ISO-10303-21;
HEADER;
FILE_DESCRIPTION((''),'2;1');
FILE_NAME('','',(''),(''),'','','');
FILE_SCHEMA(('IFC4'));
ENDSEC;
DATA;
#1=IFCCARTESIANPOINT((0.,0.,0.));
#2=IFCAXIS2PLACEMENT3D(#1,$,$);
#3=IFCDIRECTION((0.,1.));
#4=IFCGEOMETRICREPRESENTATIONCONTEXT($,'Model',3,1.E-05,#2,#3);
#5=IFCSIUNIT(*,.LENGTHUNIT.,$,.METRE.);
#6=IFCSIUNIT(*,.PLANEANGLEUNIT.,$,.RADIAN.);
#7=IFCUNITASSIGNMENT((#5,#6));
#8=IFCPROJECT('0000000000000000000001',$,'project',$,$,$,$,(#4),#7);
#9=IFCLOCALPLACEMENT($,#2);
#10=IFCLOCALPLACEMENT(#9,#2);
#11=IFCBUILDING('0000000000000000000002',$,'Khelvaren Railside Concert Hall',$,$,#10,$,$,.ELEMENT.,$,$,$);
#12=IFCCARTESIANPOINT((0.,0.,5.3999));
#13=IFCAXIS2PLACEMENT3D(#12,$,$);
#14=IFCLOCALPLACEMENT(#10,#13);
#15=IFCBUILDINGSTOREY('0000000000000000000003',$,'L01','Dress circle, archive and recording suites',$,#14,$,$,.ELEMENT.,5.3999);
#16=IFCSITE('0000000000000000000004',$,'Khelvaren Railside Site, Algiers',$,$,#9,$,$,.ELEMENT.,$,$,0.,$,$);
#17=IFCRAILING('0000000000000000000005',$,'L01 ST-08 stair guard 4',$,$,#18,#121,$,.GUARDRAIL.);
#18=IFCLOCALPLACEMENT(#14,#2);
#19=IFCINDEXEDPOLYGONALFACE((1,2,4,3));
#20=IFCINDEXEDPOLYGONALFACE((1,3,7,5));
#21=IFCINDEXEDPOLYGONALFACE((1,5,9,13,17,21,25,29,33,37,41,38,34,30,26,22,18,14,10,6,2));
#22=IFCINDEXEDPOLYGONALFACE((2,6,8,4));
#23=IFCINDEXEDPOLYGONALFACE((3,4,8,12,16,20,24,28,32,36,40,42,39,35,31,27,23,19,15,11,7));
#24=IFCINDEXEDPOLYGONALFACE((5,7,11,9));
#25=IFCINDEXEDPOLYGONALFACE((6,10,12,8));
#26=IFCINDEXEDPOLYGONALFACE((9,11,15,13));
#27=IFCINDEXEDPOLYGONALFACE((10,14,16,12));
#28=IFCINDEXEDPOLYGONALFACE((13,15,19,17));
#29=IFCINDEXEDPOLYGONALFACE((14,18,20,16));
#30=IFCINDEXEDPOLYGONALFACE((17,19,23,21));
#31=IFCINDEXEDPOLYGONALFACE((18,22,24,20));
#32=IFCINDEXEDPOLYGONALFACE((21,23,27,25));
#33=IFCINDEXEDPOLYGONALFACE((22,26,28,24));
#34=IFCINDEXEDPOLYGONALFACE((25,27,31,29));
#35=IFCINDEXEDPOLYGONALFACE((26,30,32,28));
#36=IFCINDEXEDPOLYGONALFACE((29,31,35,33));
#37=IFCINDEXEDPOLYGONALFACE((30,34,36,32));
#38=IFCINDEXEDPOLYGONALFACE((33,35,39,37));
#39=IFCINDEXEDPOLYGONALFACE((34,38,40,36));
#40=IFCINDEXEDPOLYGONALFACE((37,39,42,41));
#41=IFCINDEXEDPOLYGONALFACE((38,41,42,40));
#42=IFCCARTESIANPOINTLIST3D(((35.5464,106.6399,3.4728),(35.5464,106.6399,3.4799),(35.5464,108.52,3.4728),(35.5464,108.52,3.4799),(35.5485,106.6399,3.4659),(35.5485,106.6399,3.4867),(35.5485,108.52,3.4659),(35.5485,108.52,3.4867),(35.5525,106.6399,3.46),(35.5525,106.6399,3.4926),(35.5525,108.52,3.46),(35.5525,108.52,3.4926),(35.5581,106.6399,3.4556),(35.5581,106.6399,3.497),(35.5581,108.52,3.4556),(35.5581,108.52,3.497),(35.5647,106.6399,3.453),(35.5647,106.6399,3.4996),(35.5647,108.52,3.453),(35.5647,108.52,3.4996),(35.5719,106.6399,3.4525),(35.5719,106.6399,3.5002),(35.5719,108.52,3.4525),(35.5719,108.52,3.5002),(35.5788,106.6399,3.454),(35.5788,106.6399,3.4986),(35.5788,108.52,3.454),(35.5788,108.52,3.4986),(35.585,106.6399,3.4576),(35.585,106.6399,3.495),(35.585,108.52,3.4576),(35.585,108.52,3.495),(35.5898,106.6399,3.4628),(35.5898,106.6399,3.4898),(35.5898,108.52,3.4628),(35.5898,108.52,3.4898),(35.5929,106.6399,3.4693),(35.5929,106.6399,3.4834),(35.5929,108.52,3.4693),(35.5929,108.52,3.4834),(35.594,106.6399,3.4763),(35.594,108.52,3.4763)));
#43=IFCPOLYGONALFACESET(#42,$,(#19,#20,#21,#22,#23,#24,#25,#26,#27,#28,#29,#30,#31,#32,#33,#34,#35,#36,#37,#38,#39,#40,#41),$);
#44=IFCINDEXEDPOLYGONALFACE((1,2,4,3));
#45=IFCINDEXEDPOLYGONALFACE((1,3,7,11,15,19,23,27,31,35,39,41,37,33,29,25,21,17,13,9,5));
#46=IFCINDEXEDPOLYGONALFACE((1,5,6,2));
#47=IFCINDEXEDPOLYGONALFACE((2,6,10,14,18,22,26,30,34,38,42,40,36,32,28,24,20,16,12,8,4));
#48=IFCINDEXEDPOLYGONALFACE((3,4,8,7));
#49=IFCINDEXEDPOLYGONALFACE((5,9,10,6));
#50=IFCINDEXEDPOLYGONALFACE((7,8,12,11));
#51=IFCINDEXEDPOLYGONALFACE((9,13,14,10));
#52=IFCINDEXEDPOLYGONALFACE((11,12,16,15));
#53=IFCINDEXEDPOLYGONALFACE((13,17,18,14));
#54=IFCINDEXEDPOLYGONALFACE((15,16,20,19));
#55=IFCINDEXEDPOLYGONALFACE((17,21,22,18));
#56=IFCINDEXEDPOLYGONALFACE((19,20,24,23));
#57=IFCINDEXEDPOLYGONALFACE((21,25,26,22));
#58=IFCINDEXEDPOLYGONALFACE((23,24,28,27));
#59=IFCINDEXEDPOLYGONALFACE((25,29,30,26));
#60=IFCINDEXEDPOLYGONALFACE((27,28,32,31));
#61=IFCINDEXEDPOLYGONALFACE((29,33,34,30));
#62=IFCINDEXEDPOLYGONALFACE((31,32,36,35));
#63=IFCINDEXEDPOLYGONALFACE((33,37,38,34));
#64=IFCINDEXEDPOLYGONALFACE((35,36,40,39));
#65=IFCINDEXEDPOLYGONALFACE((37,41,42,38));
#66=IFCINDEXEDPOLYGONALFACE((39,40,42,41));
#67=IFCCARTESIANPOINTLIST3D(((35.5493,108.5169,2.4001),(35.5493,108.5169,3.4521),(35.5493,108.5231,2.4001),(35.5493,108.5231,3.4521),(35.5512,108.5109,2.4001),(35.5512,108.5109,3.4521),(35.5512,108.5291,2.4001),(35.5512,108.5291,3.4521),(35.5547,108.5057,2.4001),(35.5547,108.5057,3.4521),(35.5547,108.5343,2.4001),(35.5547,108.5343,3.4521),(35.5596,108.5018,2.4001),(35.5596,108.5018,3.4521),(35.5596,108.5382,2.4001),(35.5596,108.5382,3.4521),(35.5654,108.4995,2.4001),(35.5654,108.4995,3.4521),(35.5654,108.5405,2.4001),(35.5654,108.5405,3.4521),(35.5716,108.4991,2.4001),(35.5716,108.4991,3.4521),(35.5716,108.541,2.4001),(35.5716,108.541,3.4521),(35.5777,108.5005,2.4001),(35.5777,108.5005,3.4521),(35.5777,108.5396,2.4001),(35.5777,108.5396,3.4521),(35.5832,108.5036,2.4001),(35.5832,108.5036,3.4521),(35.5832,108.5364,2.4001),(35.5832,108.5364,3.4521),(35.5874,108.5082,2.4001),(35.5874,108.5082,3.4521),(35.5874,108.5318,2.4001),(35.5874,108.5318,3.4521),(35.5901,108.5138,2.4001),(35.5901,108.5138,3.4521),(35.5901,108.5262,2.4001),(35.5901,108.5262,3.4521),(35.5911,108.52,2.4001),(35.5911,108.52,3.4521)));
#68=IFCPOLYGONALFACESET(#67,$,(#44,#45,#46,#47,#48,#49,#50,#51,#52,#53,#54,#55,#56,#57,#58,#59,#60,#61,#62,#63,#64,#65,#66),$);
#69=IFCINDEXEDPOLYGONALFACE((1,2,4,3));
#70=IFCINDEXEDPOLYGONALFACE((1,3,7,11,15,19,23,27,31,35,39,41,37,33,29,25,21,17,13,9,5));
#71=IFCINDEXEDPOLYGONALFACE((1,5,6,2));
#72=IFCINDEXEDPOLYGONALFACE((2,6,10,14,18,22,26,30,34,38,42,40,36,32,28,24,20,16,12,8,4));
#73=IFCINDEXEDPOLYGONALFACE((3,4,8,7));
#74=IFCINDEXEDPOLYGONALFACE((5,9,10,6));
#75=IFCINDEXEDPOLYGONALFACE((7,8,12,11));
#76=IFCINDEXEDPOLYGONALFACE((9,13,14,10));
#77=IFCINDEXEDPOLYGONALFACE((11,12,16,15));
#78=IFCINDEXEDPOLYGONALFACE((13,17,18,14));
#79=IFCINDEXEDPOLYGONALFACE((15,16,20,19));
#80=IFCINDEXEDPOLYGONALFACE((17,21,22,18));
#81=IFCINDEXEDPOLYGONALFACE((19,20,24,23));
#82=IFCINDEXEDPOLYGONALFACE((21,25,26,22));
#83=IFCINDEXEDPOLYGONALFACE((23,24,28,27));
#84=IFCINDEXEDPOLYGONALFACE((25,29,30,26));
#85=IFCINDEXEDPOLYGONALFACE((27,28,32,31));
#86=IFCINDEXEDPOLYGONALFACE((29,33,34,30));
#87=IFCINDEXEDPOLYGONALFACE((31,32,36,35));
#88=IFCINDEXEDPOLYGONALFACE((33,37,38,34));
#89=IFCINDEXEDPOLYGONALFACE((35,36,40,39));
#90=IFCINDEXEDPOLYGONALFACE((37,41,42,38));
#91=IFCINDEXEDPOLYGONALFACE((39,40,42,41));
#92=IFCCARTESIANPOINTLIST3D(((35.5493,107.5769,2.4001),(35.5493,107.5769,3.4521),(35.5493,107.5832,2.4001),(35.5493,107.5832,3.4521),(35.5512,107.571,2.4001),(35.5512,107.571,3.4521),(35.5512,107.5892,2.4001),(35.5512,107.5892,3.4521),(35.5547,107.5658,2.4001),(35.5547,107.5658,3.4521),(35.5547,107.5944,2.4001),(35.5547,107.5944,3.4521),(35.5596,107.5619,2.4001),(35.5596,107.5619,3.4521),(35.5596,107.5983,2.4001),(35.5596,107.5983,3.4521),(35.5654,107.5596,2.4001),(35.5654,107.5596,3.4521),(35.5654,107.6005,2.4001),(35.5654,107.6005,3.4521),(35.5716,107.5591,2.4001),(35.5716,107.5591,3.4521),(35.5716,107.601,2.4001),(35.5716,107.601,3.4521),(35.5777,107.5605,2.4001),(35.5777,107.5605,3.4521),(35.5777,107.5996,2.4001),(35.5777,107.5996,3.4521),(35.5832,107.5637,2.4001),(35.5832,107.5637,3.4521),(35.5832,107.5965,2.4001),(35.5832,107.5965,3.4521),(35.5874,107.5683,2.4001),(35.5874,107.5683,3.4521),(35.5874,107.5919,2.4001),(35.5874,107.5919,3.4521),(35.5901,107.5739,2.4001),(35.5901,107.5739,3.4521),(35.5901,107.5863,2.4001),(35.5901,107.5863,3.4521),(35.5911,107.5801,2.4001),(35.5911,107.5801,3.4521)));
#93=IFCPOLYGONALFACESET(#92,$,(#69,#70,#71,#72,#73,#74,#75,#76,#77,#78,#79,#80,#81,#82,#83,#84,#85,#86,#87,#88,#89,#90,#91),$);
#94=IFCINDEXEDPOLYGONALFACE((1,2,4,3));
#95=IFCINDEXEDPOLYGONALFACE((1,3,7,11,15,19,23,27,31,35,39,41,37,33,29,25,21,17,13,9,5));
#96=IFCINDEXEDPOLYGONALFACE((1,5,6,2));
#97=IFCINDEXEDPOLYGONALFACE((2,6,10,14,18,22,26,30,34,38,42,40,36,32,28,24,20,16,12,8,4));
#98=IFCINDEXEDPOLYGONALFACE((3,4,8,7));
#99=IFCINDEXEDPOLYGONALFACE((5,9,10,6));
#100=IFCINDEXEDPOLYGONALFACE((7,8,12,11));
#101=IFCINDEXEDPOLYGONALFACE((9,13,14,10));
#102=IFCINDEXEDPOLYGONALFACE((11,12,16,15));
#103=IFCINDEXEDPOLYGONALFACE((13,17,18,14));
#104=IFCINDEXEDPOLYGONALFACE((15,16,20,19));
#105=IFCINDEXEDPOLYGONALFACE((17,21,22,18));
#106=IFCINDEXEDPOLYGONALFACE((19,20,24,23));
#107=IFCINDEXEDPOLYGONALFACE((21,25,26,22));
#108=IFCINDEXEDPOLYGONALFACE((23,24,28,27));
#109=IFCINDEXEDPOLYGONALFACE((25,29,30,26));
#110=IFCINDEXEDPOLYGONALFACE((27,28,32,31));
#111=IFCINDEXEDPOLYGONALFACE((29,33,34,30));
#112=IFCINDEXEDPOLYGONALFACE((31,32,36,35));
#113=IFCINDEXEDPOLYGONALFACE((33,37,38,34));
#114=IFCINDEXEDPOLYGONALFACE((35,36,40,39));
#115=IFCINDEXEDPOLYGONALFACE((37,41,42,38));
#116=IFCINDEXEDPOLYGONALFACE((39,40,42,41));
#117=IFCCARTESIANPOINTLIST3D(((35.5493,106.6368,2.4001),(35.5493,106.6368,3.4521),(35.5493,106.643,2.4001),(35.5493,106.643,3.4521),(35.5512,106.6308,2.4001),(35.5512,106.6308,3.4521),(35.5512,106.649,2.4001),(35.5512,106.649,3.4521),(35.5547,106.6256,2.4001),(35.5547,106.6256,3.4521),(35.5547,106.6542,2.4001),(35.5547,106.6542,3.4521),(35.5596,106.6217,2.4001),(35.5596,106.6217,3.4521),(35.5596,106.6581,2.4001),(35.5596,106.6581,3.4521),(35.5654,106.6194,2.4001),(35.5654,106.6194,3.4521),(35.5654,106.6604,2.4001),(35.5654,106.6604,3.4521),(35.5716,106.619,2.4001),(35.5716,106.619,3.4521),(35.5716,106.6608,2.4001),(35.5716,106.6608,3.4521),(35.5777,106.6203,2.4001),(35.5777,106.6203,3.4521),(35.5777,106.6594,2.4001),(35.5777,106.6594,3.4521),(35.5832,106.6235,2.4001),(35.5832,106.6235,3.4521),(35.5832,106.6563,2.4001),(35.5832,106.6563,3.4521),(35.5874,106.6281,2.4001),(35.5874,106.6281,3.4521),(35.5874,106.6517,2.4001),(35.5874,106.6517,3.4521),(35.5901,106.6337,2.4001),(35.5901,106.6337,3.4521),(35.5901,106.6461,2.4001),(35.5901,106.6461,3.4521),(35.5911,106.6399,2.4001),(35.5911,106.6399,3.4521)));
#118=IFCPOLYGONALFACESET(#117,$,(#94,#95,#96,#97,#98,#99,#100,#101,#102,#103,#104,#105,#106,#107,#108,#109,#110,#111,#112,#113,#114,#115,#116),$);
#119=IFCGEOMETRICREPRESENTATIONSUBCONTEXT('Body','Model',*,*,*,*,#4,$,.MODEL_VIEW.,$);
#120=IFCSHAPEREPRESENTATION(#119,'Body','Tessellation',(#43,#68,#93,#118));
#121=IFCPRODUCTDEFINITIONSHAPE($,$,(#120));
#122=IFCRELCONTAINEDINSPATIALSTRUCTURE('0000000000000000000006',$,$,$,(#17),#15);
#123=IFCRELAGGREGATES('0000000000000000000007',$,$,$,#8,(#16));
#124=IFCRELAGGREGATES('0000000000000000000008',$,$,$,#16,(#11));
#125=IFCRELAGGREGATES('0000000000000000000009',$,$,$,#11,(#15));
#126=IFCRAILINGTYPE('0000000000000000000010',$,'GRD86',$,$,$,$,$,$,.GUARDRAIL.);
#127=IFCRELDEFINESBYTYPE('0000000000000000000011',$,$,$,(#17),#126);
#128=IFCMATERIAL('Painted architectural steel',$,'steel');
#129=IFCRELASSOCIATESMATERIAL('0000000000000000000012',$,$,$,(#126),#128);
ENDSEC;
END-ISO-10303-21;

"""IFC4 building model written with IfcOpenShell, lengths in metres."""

from ifc_helpers import new_model, si_unit, direction, frame, origin, origin_2d, place, context, subcontext, project, spatial, circle, extrude, material, type_object, element, save


model = new_model("IFC4")

# Units and contexts
model_context = context("Model", 3, precision=1e-05, world=origin(), true_north=direction((0.0, 1.0)))
body_context = subcontext(model_context, "Body", "Model", "MODEL_VIEW")
ifc_project = project(units=[si_unit("LENGTHUNIT", "METRE"), si_unit("PLANEANGLEUNIT", "RADIAN")], contexts=[model_context])

# Site, building, storey
site_placement = place(None, origin())
site = spatial("IfcSite", under=ifc_project, at=site_placement, Name="Khelvaren Railside Site, Algiers", CompositionType="ELEMENT", RefElevation=0.0)
building_placement = place(site_placement, origin())
building = spatial("IfcBuilding", under=site, at=building_placement, Name="Khelvaren Railside Concert Hall", CompositionType="ELEMENT")
storey_placement = place(building_placement, frame((0.0, 0.0, 5.3999)))
storey = spatial("IfcBuildingStorey", under=building, at=storey_placement, Name="L01", Description="Dress circle, archive and recording suites", CompositionType="ELEMENT", Elevation=5.3999)

# Railing
ifc_material_1 = material(Name="Painted architectural steel", Category="steel")
railing_type_1 = type_object("IfcRailingType", Name="GRD86", PredefinedType="GUARDRAIL", material=ifc_material_1)
for number, where, name in (
    (1, (35.5701, 108.52, 2.4001), "L01 ST-08 stair guard 4"),
):
    element("IfcRailing", number, at=place(storey_placement, frame(where)), inside=storey, type_object=railing_type_1, Name=name, PredefinedType="GUARDRAIL", context=body_context, shape_type="SweptSolid", body=[
        extrude(circle(Radius=0.0239, at=origin_2d()), frame((0.0, 0.0, 1.0762), z_axis=(0.0, -1.0, 0.0), x_axis=(1.0, 0.0, 0.0)), (0.0, 0.0, 1.0), 1.8801),
        extrude(circle(Radius=0.021, at=origin_2d()), origin(), (0.0, 0.0, 1.0), 1.052),
        extrude(circle(Radius=0.021, at=origin_2d()), frame((0.0, -0.9399, 0.0)), (0.0, 0.0, 1.0), 1.052),
        extrude(circle(Radius=0.021, at=origin_2d()), frame((0.0, -1.8801, 0.0)), (0.0, 0.0, 1.0), 1.052),
    ])

save(model, "model.ifc")
